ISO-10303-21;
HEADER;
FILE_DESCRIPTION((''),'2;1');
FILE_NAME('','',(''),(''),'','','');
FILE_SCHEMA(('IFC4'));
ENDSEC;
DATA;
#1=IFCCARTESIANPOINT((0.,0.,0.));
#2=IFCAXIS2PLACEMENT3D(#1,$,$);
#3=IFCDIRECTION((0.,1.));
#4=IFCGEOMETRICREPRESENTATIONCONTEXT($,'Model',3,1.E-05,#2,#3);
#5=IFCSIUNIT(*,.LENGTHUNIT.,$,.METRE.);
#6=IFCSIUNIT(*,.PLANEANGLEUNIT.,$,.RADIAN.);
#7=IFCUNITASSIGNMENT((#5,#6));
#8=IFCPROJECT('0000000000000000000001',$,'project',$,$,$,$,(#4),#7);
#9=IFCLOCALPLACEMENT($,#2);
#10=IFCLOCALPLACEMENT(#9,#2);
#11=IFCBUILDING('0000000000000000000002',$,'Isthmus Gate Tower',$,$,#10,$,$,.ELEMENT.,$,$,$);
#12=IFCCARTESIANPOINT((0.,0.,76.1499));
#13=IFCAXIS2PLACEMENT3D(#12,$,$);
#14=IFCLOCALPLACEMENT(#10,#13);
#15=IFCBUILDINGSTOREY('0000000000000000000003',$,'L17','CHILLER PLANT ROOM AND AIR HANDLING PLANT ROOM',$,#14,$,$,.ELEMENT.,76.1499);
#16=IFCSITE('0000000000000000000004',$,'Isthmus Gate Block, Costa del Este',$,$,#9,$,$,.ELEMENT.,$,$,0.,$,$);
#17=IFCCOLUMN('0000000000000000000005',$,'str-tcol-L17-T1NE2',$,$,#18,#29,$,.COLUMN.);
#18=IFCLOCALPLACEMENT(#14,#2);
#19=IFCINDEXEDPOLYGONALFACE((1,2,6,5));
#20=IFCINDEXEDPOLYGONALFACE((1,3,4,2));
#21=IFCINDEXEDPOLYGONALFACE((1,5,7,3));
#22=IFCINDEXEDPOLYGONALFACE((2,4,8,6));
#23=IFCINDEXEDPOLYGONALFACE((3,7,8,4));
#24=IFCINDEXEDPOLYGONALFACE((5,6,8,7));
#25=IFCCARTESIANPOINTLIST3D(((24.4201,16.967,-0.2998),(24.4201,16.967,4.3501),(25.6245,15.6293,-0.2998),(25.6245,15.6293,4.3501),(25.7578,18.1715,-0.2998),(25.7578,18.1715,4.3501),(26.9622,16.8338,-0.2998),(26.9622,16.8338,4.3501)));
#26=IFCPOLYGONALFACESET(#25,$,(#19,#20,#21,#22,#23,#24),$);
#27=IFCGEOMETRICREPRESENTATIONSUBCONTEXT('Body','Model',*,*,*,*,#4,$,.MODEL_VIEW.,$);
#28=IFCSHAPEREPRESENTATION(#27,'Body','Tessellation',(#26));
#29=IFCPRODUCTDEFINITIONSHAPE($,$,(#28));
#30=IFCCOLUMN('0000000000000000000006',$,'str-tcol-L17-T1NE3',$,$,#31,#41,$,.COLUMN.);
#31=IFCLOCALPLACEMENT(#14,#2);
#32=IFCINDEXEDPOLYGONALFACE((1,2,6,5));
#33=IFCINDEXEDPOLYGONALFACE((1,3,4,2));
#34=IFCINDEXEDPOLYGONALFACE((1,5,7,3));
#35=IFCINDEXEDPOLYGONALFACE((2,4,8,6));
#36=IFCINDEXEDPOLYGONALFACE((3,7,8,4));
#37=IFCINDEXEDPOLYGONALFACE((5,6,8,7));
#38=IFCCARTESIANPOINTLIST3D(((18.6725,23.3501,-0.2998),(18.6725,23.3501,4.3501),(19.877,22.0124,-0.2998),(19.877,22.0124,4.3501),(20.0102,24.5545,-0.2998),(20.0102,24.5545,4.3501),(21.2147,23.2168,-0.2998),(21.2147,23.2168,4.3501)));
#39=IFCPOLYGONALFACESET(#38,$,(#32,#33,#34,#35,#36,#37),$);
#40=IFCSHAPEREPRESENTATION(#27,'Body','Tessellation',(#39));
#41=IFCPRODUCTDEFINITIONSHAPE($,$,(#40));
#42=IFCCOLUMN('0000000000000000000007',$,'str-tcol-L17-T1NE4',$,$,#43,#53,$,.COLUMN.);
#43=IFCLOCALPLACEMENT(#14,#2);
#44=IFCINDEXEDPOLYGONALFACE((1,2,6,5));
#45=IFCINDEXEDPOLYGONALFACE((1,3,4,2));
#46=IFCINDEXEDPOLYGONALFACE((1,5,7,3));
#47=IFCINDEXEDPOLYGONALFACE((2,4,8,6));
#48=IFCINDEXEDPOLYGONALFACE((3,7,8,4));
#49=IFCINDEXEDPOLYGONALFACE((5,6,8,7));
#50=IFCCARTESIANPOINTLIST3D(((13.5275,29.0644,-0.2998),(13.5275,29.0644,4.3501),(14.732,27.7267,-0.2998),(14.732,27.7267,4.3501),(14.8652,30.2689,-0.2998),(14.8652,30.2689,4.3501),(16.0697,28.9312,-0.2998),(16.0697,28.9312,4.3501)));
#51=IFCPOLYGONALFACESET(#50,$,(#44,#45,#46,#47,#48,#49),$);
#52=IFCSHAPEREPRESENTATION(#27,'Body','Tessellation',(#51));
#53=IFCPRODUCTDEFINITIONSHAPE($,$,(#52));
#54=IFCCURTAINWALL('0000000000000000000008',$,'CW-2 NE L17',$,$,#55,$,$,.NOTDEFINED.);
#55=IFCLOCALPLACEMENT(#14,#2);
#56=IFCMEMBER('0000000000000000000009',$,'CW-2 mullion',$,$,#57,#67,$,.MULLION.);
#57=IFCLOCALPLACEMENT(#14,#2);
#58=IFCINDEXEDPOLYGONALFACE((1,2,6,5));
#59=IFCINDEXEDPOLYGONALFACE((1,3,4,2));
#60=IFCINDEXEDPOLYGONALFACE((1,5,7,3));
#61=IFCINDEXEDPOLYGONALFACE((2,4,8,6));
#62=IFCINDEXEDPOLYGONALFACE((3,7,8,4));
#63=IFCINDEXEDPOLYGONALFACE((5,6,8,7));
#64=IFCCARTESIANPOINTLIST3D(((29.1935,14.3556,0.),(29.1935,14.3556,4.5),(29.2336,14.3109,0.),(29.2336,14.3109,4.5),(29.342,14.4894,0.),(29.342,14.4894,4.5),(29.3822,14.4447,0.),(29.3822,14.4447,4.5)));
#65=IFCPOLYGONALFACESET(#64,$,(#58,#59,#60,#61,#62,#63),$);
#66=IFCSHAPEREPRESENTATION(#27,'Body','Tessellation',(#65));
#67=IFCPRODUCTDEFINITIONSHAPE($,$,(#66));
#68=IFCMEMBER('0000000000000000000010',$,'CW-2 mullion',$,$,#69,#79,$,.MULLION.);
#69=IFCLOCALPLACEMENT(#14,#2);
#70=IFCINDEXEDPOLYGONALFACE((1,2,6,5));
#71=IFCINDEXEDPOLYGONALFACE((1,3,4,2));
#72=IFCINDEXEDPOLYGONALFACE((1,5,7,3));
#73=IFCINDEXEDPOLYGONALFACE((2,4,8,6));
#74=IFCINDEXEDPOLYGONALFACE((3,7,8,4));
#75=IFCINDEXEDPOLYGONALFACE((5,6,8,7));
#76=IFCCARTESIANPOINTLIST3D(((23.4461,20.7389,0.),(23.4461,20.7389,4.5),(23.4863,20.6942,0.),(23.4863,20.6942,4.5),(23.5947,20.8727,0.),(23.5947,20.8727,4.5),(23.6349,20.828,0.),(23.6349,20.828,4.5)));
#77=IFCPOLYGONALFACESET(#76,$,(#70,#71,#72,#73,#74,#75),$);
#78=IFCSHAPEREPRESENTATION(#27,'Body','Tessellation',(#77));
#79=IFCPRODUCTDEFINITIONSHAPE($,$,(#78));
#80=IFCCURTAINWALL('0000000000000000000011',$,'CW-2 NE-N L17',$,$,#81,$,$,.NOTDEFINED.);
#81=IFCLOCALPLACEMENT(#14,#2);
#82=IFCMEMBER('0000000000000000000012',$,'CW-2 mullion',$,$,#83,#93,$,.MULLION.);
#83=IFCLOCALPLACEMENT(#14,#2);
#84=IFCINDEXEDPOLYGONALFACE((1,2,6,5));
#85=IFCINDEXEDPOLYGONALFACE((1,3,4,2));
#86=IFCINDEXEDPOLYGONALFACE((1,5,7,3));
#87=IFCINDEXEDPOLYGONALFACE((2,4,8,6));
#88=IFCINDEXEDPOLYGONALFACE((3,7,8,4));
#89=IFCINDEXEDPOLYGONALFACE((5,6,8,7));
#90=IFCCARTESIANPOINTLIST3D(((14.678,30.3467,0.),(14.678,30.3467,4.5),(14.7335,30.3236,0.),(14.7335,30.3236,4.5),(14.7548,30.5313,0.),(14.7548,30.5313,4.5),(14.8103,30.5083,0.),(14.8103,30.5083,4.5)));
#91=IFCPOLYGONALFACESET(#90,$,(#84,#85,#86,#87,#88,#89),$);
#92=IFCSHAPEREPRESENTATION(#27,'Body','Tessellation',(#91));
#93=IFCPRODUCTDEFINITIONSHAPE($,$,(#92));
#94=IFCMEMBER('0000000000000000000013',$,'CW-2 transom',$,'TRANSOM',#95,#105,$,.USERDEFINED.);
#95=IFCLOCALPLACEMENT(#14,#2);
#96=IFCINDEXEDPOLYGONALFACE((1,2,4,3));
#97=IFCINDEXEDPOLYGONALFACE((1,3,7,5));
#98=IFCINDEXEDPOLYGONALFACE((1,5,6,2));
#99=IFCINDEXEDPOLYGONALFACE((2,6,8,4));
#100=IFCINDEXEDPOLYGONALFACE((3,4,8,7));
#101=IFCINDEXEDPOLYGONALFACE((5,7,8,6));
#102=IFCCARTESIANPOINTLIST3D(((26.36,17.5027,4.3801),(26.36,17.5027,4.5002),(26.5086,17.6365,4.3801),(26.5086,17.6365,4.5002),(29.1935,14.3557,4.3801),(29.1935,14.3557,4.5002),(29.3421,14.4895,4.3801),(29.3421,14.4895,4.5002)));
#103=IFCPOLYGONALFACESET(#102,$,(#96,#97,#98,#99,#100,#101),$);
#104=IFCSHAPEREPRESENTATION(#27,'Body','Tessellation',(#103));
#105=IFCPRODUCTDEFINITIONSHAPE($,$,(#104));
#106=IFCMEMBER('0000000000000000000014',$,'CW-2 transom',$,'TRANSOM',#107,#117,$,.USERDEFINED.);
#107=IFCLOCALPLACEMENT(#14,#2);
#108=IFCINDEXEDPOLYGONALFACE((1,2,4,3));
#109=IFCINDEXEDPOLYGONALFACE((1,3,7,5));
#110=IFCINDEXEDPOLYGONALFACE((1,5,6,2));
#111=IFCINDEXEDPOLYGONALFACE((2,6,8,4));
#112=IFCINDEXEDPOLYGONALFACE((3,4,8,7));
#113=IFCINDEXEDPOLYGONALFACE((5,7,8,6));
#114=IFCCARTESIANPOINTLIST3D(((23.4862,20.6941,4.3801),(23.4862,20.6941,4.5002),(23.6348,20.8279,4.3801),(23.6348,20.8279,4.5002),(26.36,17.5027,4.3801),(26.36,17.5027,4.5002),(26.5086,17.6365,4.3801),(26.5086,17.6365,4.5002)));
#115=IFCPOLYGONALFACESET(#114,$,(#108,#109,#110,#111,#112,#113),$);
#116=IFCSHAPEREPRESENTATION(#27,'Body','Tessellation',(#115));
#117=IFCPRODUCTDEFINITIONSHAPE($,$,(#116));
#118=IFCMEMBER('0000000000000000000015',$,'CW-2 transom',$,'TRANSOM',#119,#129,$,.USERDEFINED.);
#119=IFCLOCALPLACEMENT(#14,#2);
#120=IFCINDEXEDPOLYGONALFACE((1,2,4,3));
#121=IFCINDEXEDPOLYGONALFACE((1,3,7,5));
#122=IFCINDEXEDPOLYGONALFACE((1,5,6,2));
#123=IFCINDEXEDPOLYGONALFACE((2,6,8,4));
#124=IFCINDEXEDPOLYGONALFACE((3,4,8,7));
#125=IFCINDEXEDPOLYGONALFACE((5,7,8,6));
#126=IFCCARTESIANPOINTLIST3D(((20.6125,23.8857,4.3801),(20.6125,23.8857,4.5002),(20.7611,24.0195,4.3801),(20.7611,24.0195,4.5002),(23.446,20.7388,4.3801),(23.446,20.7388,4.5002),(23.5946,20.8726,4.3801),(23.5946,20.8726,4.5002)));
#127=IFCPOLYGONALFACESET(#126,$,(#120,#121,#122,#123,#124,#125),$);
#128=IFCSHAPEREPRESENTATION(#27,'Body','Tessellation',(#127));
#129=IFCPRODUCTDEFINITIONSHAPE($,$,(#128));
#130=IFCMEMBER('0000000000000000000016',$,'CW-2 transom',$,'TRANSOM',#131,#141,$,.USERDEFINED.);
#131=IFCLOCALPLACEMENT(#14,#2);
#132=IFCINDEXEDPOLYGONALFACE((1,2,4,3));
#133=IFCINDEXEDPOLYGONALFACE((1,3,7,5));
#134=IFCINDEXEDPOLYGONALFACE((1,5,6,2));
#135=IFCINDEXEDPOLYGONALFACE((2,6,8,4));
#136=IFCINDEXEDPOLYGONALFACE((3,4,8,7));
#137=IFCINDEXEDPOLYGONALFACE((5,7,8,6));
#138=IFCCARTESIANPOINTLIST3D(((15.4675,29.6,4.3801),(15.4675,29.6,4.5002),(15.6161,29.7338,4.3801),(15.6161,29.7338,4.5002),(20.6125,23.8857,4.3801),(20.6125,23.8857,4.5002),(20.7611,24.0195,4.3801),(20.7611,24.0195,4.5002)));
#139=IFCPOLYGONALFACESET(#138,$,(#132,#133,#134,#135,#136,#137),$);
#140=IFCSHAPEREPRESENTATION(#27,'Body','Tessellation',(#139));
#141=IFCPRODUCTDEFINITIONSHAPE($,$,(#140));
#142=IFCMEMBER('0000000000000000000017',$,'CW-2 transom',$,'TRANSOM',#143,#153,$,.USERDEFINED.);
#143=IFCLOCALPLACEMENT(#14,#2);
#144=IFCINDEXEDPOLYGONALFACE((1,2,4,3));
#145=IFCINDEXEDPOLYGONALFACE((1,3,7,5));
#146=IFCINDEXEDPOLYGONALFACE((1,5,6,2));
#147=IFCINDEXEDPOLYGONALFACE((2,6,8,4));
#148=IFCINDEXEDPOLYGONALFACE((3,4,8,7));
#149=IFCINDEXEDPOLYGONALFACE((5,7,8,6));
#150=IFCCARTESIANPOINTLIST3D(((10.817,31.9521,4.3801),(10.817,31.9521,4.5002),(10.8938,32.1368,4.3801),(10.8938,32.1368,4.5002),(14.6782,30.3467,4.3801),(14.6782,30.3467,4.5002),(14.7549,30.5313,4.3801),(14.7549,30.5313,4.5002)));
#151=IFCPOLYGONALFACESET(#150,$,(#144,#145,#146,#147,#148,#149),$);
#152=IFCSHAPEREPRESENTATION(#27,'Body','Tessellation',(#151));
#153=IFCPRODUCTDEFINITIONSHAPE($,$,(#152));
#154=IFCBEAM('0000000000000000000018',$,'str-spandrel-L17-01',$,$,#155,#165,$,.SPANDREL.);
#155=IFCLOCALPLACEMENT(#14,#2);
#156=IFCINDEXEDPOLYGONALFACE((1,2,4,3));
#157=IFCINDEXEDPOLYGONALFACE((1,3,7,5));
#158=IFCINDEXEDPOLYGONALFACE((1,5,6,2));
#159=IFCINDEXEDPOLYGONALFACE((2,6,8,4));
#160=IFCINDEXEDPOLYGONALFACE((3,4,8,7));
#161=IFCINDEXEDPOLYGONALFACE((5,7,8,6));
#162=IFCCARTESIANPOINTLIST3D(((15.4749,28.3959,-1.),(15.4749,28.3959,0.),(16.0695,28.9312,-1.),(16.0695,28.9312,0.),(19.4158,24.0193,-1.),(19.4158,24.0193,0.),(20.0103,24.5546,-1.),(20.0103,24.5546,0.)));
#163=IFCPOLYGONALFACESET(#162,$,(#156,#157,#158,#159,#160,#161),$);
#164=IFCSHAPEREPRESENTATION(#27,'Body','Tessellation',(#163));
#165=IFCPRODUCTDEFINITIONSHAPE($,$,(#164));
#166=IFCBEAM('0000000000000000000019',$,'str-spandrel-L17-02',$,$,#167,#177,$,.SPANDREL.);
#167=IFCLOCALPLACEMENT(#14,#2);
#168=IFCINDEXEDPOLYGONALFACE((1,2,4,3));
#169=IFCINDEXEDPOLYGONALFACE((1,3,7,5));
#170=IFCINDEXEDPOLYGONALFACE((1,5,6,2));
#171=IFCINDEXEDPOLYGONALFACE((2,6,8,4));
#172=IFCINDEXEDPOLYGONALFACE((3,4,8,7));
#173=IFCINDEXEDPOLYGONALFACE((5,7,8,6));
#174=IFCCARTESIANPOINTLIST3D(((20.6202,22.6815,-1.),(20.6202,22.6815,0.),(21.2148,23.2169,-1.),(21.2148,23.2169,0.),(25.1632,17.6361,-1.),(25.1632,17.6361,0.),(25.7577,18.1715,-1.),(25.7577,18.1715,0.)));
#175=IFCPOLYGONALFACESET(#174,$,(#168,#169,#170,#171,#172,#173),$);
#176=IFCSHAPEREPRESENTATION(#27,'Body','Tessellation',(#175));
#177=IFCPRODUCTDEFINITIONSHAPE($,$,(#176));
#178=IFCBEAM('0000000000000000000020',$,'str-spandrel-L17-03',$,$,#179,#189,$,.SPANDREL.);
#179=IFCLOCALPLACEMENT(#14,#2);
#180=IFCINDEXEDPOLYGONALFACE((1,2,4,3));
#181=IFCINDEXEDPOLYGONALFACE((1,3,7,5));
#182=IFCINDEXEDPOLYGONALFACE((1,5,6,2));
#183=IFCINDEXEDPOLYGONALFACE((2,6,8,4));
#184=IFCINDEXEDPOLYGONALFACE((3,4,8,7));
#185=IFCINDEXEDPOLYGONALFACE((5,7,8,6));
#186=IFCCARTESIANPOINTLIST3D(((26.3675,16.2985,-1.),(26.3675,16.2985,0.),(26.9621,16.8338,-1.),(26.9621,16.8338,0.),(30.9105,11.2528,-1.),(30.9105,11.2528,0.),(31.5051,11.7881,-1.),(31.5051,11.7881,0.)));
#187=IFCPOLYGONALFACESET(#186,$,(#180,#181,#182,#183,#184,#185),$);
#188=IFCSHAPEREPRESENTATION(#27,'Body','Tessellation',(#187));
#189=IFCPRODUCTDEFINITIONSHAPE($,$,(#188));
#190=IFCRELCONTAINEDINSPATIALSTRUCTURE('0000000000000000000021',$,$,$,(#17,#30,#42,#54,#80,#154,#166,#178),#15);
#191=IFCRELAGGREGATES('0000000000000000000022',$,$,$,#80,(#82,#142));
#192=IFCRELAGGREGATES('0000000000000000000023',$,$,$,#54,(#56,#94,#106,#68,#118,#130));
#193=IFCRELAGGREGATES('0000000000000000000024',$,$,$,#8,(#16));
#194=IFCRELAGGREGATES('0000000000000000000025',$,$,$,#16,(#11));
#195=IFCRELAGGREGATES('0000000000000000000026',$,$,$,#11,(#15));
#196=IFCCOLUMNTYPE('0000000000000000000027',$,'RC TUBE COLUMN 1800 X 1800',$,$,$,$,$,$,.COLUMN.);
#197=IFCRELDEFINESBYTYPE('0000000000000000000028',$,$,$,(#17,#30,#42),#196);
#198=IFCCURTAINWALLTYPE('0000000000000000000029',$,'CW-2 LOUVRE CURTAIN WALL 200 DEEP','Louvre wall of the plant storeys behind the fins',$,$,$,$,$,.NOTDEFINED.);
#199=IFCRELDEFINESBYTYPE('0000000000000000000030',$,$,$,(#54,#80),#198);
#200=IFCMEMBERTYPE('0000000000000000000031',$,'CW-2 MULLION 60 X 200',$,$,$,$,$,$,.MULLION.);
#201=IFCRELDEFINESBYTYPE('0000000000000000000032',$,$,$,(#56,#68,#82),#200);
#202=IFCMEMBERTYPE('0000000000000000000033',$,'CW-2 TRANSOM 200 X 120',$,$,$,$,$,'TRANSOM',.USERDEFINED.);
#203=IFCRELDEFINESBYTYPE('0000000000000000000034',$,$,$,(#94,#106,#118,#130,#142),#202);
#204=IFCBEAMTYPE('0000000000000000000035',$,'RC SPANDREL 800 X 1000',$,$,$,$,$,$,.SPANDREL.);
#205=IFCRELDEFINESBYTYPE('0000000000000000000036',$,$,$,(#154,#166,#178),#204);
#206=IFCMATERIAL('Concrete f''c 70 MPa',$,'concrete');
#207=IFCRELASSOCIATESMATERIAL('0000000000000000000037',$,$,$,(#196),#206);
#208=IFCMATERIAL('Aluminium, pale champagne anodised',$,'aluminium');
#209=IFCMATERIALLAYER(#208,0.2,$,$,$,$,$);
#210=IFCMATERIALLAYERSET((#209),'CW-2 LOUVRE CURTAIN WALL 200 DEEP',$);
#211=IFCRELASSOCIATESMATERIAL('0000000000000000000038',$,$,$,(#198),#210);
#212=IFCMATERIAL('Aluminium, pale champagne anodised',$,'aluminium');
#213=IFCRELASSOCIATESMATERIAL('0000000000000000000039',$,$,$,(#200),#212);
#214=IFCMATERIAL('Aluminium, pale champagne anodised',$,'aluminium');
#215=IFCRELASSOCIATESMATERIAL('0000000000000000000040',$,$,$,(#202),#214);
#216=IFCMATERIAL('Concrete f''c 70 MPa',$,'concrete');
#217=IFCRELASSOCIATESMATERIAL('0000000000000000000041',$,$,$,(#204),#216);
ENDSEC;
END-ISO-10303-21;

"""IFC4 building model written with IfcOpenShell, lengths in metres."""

from ifc_helpers import new_model, si_unit, direction, frame, origin, origin_2d, place, context, subcontext, project, spatial, rectangle, extrude, material, layer, layer_set, material_profile, profile_set, type_object, element, aggregate, save


model = new_model("IFC4")

# Units and contexts
model_context = context("Model", 3, precision=1e-05, world=origin(), true_north=direction((0.0, 1.0)))
body_context = subcontext(model_context, "Body", "Model", "MODEL_VIEW")
ifc_project = project(units=[si_unit("LENGTHUNIT", "METRE"), si_unit("PLANEANGLEUNIT", "RADIAN")], contexts=[model_context])

# Site, building, storey
site_placement = place(None, origin())
site = spatial("IfcSite", under=ifc_project, at=site_placement, Name="Isthmus Gate Block, Costa del Este", CompositionType="ELEMENT", RefElevation=0.0)
building_placement = place(site_placement, origin())
building = spatial("IfcBuilding", under=site, at=building_placement, Name="Isthmus Gate Tower", CompositionType="ELEMENT")
storey_placement = place(building_placement, frame((0.0, 0.0, 76.1499)))
storey = spatial("IfcBuildingStorey", under=building, at=storey_placement, Name="L17", Description="CHILLER PLANT ROOM AND AIR HANDLING PLANT ROOM", CompositionType="ELEMENT", Elevation=76.1499)

# Columns
ifc_material_1 = material(Name="Concrete f'c 70 MPa", Category="concrete")
ifc_material_profile_1 = material_profile(ifc_material_1, rectangle(XDim=1.8, YDim=1.8, at=origin_2d()), Name="RC 1800X1800")
ifc_profile_set_1 = profile_set([ifc_material_profile_1], Name="Concrete f'c 70 MPa")
column_type = type_object("IfcColumnType", Name="RC TUBE COLUMN 1800 X 1800", PredefinedType="COLUMN", material=ifc_profile_set_1)
for number, where, z_axis, x_axis, name in (
    (1, (25.6912, 16.9004, -0.2998), (0.0, 0.0, 1.0), (-0.669131, 0.743145, 0.0), "str-tcol-L17-T1NE2"),
    (2, (19.9436, 23.2834, -0.2998), (0.0, 0.0, 1.0), (-0.669131, 0.743145, 0.0), "str-tcol-L17-T1NE3"),
    (3, (14.7986, 28.9978, -0.2998), (0.0, 0.0, 1.0), (-0.669131, 0.743145, 0.0), "str-tcol-L17-T1NE4"),
):
    element("IfcColumn", number, at=place(storey_placement, frame(where, z_axis=z_axis, x_axis=x_axis)), inside=storey, type_object=column_type, Name=name, PredefinedType="COLUMN", context=body_context, shape_type="SweptSolid", body=[
        extrude(rectangle(XDim=1.8, YDim=1.8, at=origin_2d()), origin(), (0.0, 0.0, 1.0), 4.6499),
    ])

# Curtain wall, members
ifc_material_2 = material(Name="Aluminium, pale champagne anodised", Category="aluminium")
ifc_layer_1 = layer(ifc_material_2, 0.2)
ifc_layer_set_1 = layer_set([ifc_layer_1], Name="CW-2 LOUVRE CURTAIN WALL 200 DEEP")
curtain_wall_type = type_object("IfcCurtainWallType", Name="CW-2 LOUVRE CURTAIN WALL 200 DEEP", Description="Louvre wall of the plant storeys behind the fins", PredefinedType="NOTDEFINED", material=ifc_layer_set_1)
curtain_wall_1_placement = place(storey_placement, origin())
curtain_wall_1 = element("IfcCurtainWall", 4, at=curtain_wall_1_placement, inside=storey, type_object=curtain_wall_type, Name="CW-2 NE L17", PredefinedType="NOTDEFINED")
ifc_material_3 = material(Name="Aluminium, pale champagne anodised", Category="aluminium")
ifc_material_profile_2 = material_profile(ifc_material_3, rectangle(XDim=0.0601, YDim=0.2, at=origin_2d()), Name="60x200")
ifc_profile_set_2 = profile_set([ifc_material_profile_2], Name="Aluminium, pale champagne anodised")
member_type_1 = type_object("IfcMemberType", Name="CW-2 MULLION 60 X 200", PredefinedType="MULLION", material=ifc_profile_set_2)
member_1_placement = place(storey_placement, frame((29.2878, 14.4001, 0.0), z_axis=(0.0, 0.0, 1.0), x_axis=(-0.669131, 0.743145, 0.0)))
member_1 = element("IfcMember", 5, at=member_1_placement, type_object=member_type_1, Name="CW-2 mullion", PredefinedType="MULLION", context=body_context, shape_type="SweptSolid", body=[
    extrude(rectangle(XDim=0.0601, YDim=0.2, at=origin_2d()), origin(), (0.0, 0.0, 1.0), 4.5),
])
member_2_placement = place(storey_placement, frame((23.5405, 20.7834, 0.0), z_axis=(0.0, 0.0, 1.0), x_axis=(-0.669131, 0.743145, 0.0)))
member_2 = element("IfcMember", 6, at=member_2_placement, type_object=member_type_1, Name="CW-2 mullion", PredefinedType="MULLION", context=body_context, shape_type="SweptSolid", body=[
    extrude(rectangle(XDim=0.0601, YDim=0.2, at=origin_2d()), origin(), (0.0, 0.0, 1.0), 4.5),
])

# Curtain wall, member
curtain_wall_2_placement = place(storey_placement, origin())
curtain_wall_2 = element("IfcCurtainWall", 7, at=curtain_wall_2_placement, inside=storey, type_object=curtain_wall_type, Name="CW-2 NE-N L17", PredefinedType="NOTDEFINED")
member_3_placement = place(storey_placement, frame((14.7441, 30.4275, 0.0), z_axis=(0.0, 0.0, 1.0), x_axis=(-0.923353, 0.383952, 0.0)))
member_3 = element("IfcMember", 8, at=member_3_placement, type_object=member_type_1, Name="CW-2 mullion", PredefinedType="MULLION", context=body_context, shape_type="SweptSolid", body=[
    extrude(rectangle(XDim=0.0601, YDim=0.2, at=origin_2d()), origin(), (0.0, 0.0, 1.0), 4.5),
])

# Members
ifc_material_4 = material(Name="Aluminium, pale champagne anodised", Category="aluminium")
ifc_material_profile_3 = material_profile(ifc_material_4, rectangle(XDim=0.2, YDim=0.1201, at=origin_2d()), Name="200x120")
ifc_profile_set_3 = profile_set([ifc_material_profile_3], Name="Aluminium, pale champagne anodised")
member_type_2 = type_object("IfcMemberType", Name="CW-2 TRANSOM 200 X 120", ElementType="TRANSOM", PredefinedType="USERDEFINED", material=ifc_profile_set_3)
member_4_placement = place(storey_placement, frame((29.2678, 14.4226, 4.4402), z_axis=(-0.669124, 0.743151, 0.0), x_axis=(-0.743151, -0.669124, 0.0)))
member_4 = element("IfcMember", 9, at=member_4_placement, type_object=member_type_2, Name="CW-2 transom", ObjectType="TRANSOM", PredefinedType="USERDEFINED", context=body_context, shape_type="SweptSolid", body=[
    extrude(rectangle(XDim=0.2, YDim=0.1201, at=origin_2d()), origin(), (0.0, 0.0, 1.0), 4.2346),
])
member_5_placement = place(storey_placement, frame((26.4343, 17.5696, 4.4402), z_axis=(-0.669159, 0.743119, 0.0), x_axis=(-0.743119, -0.669159, 0.0)))
member_5 = element("IfcMember", 10, at=member_5_placement, type_object=member_type_2, Name="CW-2 transom", ObjectType="TRANSOM", PredefinedType="USERDEFINED", context=body_context, shape_type="SweptSolid", body=[
    extrude(rectangle(XDim=0.2, YDim=0.1201, at=origin_2d()), origin(), (0.0, 0.0, 1.0), 4.2947),
])
member_6_placement = place(storey_placement, frame((23.5203, 20.8057, 4.4402), z_axis=(-0.669124, 0.743151, 0.0), x_axis=(-0.743151, -0.669124, 0.0)))
member_6 = element("IfcMember", 11, at=member_6_placement, type_object=member_type_2, Name="CW-2 transom", ObjectType="TRANSOM", PredefinedType="USERDEFINED", context=body_context, shape_type="SweptSolid", body=[
    extrude(rectangle(XDim=0.2, YDim=0.1201, at=origin_2d()), origin(), (0.0, 0.0, 1.0), 4.2346),
])
member_7_placement = place(storey_placement, frame((20.6868, 23.9526, 4.4402), z_axis=(-0.669116, 0.743158, 0.0), x_axis=(-0.743158, -0.669116, 0.0)))
member_7 = element("IfcMember", 12, at=member_7_placement, type_object=member_type_2, Name="CW-2 transom", ObjectType="TRANSOM", PredefinedType="USERDEFINED", context=body_context, shape_type="SweptSolid", body=[
    extrude(rectangle(XDim=0.2, YDim=0.1201, at=origin_2d()), origin(), (0.0, 0.0, 1.0), 7.6892),
])
member_8_placement = place(storey_placement, frame((14.7166, 30.439, 4.4402), z_axis=(-0.923358, 0.38394, 0.0), x_axis=(-0.38394, -0.923358, 0.0)))
member_8 = element("IfcMember", 13, at=member_8_placement, type_object=member_type_2, Name="CW-2 transom", ObjectType="TRANSOM", PredefinedType="USERDEFINED", context=body_context, shape_type="SweptSolid", body=[
    extrude(rectangle(XDim=0.2, YDim=0.1201, at=origin_2d()), origin(), (0.0, 0.0, 1.0), 4.1816),
])
aggregate(curtain_wall_2, [member_3, member_8])

# Beams
ifc_material_5 = material(Name="Concrete f'c 70 MPa", Category="concrete")
ifc_material_profile_4 = material_profile(ifc_material_5, rectangle(XDim=0.8, YDim=1.0, at=origin_2d()), Name="RC 800X1000")
ifc_profile_set_4 = profile_set([ifc_material_profile_4], Name="Concrete f'c 70 MPa")
beam_type_1 = type_object("IfcBeamType", Name="RC SPANDREL 800 X 1000", PredefinedType="SPANDREL", material=ifc_profile_set_4)
beam_1_placement = place(storey_placement, frame((15.7722, 28.6636, -0.5), z_axis=(0.669141, -0.743135, 0.0), x_axis=(0.743135, 0.669141, 0.0)))
element("IfcBeam", 14, at=beam_1_placement, inside=storey, type_object=beam_type_1, Name="str-spandrel-L17-01", PredefinedType="SPANDREL", context=body_context, shape_type="SweptSolid", body=[
    extrude(rectangle(XDim=0.8, YDim=1.0, at=origin_2d()), origin(), (0.0, 0.0, 1.0), 5.8894),
])
beam_2_placement = place(storey_placement, frame((20.9175, 22.9492, -0.5), z_axis=(0.669136, -0.74314, 0.0), x_axis=(0.74314, 0.669136, 0.0)))
element("IfcBeam", 15, at=beam_2_placement, inside=storey, type_object=beam_type_1, Name="str-spandrel-L17-02", PredefinedType="SPANDREL", context=body_context, shape_type="SweptSolid", body=[
    extrude(rectangle(XDim=0.8, YDim=1.0, at=origin_2d()), origin(), (0.0, 0.0, 1.0), 6.7893),
])
beam_3_placement = place(storey_placement, frame((26.6648, 16.5662, -0.5), z_axis=(0.669118, -0.743156, 0.0), x_axis=(0.743156, 0.669118, 0.0)))
element("IfcBeam", 16, at=beam_3_placement, inside=storey, type_object=beam_type_1, Name="str-spandrel-L17-03", PredefinedType="SPANDREL", context=body_context, shape_type="SweptSolid", body=[
    extrude(rectangle(XDim=0.8, YDim=1.0, at=origin_2d()), origin(), (0.0, 0.0, 1.0), 6.7896),
])

aggregate(curtain_wall_1, [member_1, member_4, member_5, member_2, member_6, member_7])

save(model, "model.ifc")
